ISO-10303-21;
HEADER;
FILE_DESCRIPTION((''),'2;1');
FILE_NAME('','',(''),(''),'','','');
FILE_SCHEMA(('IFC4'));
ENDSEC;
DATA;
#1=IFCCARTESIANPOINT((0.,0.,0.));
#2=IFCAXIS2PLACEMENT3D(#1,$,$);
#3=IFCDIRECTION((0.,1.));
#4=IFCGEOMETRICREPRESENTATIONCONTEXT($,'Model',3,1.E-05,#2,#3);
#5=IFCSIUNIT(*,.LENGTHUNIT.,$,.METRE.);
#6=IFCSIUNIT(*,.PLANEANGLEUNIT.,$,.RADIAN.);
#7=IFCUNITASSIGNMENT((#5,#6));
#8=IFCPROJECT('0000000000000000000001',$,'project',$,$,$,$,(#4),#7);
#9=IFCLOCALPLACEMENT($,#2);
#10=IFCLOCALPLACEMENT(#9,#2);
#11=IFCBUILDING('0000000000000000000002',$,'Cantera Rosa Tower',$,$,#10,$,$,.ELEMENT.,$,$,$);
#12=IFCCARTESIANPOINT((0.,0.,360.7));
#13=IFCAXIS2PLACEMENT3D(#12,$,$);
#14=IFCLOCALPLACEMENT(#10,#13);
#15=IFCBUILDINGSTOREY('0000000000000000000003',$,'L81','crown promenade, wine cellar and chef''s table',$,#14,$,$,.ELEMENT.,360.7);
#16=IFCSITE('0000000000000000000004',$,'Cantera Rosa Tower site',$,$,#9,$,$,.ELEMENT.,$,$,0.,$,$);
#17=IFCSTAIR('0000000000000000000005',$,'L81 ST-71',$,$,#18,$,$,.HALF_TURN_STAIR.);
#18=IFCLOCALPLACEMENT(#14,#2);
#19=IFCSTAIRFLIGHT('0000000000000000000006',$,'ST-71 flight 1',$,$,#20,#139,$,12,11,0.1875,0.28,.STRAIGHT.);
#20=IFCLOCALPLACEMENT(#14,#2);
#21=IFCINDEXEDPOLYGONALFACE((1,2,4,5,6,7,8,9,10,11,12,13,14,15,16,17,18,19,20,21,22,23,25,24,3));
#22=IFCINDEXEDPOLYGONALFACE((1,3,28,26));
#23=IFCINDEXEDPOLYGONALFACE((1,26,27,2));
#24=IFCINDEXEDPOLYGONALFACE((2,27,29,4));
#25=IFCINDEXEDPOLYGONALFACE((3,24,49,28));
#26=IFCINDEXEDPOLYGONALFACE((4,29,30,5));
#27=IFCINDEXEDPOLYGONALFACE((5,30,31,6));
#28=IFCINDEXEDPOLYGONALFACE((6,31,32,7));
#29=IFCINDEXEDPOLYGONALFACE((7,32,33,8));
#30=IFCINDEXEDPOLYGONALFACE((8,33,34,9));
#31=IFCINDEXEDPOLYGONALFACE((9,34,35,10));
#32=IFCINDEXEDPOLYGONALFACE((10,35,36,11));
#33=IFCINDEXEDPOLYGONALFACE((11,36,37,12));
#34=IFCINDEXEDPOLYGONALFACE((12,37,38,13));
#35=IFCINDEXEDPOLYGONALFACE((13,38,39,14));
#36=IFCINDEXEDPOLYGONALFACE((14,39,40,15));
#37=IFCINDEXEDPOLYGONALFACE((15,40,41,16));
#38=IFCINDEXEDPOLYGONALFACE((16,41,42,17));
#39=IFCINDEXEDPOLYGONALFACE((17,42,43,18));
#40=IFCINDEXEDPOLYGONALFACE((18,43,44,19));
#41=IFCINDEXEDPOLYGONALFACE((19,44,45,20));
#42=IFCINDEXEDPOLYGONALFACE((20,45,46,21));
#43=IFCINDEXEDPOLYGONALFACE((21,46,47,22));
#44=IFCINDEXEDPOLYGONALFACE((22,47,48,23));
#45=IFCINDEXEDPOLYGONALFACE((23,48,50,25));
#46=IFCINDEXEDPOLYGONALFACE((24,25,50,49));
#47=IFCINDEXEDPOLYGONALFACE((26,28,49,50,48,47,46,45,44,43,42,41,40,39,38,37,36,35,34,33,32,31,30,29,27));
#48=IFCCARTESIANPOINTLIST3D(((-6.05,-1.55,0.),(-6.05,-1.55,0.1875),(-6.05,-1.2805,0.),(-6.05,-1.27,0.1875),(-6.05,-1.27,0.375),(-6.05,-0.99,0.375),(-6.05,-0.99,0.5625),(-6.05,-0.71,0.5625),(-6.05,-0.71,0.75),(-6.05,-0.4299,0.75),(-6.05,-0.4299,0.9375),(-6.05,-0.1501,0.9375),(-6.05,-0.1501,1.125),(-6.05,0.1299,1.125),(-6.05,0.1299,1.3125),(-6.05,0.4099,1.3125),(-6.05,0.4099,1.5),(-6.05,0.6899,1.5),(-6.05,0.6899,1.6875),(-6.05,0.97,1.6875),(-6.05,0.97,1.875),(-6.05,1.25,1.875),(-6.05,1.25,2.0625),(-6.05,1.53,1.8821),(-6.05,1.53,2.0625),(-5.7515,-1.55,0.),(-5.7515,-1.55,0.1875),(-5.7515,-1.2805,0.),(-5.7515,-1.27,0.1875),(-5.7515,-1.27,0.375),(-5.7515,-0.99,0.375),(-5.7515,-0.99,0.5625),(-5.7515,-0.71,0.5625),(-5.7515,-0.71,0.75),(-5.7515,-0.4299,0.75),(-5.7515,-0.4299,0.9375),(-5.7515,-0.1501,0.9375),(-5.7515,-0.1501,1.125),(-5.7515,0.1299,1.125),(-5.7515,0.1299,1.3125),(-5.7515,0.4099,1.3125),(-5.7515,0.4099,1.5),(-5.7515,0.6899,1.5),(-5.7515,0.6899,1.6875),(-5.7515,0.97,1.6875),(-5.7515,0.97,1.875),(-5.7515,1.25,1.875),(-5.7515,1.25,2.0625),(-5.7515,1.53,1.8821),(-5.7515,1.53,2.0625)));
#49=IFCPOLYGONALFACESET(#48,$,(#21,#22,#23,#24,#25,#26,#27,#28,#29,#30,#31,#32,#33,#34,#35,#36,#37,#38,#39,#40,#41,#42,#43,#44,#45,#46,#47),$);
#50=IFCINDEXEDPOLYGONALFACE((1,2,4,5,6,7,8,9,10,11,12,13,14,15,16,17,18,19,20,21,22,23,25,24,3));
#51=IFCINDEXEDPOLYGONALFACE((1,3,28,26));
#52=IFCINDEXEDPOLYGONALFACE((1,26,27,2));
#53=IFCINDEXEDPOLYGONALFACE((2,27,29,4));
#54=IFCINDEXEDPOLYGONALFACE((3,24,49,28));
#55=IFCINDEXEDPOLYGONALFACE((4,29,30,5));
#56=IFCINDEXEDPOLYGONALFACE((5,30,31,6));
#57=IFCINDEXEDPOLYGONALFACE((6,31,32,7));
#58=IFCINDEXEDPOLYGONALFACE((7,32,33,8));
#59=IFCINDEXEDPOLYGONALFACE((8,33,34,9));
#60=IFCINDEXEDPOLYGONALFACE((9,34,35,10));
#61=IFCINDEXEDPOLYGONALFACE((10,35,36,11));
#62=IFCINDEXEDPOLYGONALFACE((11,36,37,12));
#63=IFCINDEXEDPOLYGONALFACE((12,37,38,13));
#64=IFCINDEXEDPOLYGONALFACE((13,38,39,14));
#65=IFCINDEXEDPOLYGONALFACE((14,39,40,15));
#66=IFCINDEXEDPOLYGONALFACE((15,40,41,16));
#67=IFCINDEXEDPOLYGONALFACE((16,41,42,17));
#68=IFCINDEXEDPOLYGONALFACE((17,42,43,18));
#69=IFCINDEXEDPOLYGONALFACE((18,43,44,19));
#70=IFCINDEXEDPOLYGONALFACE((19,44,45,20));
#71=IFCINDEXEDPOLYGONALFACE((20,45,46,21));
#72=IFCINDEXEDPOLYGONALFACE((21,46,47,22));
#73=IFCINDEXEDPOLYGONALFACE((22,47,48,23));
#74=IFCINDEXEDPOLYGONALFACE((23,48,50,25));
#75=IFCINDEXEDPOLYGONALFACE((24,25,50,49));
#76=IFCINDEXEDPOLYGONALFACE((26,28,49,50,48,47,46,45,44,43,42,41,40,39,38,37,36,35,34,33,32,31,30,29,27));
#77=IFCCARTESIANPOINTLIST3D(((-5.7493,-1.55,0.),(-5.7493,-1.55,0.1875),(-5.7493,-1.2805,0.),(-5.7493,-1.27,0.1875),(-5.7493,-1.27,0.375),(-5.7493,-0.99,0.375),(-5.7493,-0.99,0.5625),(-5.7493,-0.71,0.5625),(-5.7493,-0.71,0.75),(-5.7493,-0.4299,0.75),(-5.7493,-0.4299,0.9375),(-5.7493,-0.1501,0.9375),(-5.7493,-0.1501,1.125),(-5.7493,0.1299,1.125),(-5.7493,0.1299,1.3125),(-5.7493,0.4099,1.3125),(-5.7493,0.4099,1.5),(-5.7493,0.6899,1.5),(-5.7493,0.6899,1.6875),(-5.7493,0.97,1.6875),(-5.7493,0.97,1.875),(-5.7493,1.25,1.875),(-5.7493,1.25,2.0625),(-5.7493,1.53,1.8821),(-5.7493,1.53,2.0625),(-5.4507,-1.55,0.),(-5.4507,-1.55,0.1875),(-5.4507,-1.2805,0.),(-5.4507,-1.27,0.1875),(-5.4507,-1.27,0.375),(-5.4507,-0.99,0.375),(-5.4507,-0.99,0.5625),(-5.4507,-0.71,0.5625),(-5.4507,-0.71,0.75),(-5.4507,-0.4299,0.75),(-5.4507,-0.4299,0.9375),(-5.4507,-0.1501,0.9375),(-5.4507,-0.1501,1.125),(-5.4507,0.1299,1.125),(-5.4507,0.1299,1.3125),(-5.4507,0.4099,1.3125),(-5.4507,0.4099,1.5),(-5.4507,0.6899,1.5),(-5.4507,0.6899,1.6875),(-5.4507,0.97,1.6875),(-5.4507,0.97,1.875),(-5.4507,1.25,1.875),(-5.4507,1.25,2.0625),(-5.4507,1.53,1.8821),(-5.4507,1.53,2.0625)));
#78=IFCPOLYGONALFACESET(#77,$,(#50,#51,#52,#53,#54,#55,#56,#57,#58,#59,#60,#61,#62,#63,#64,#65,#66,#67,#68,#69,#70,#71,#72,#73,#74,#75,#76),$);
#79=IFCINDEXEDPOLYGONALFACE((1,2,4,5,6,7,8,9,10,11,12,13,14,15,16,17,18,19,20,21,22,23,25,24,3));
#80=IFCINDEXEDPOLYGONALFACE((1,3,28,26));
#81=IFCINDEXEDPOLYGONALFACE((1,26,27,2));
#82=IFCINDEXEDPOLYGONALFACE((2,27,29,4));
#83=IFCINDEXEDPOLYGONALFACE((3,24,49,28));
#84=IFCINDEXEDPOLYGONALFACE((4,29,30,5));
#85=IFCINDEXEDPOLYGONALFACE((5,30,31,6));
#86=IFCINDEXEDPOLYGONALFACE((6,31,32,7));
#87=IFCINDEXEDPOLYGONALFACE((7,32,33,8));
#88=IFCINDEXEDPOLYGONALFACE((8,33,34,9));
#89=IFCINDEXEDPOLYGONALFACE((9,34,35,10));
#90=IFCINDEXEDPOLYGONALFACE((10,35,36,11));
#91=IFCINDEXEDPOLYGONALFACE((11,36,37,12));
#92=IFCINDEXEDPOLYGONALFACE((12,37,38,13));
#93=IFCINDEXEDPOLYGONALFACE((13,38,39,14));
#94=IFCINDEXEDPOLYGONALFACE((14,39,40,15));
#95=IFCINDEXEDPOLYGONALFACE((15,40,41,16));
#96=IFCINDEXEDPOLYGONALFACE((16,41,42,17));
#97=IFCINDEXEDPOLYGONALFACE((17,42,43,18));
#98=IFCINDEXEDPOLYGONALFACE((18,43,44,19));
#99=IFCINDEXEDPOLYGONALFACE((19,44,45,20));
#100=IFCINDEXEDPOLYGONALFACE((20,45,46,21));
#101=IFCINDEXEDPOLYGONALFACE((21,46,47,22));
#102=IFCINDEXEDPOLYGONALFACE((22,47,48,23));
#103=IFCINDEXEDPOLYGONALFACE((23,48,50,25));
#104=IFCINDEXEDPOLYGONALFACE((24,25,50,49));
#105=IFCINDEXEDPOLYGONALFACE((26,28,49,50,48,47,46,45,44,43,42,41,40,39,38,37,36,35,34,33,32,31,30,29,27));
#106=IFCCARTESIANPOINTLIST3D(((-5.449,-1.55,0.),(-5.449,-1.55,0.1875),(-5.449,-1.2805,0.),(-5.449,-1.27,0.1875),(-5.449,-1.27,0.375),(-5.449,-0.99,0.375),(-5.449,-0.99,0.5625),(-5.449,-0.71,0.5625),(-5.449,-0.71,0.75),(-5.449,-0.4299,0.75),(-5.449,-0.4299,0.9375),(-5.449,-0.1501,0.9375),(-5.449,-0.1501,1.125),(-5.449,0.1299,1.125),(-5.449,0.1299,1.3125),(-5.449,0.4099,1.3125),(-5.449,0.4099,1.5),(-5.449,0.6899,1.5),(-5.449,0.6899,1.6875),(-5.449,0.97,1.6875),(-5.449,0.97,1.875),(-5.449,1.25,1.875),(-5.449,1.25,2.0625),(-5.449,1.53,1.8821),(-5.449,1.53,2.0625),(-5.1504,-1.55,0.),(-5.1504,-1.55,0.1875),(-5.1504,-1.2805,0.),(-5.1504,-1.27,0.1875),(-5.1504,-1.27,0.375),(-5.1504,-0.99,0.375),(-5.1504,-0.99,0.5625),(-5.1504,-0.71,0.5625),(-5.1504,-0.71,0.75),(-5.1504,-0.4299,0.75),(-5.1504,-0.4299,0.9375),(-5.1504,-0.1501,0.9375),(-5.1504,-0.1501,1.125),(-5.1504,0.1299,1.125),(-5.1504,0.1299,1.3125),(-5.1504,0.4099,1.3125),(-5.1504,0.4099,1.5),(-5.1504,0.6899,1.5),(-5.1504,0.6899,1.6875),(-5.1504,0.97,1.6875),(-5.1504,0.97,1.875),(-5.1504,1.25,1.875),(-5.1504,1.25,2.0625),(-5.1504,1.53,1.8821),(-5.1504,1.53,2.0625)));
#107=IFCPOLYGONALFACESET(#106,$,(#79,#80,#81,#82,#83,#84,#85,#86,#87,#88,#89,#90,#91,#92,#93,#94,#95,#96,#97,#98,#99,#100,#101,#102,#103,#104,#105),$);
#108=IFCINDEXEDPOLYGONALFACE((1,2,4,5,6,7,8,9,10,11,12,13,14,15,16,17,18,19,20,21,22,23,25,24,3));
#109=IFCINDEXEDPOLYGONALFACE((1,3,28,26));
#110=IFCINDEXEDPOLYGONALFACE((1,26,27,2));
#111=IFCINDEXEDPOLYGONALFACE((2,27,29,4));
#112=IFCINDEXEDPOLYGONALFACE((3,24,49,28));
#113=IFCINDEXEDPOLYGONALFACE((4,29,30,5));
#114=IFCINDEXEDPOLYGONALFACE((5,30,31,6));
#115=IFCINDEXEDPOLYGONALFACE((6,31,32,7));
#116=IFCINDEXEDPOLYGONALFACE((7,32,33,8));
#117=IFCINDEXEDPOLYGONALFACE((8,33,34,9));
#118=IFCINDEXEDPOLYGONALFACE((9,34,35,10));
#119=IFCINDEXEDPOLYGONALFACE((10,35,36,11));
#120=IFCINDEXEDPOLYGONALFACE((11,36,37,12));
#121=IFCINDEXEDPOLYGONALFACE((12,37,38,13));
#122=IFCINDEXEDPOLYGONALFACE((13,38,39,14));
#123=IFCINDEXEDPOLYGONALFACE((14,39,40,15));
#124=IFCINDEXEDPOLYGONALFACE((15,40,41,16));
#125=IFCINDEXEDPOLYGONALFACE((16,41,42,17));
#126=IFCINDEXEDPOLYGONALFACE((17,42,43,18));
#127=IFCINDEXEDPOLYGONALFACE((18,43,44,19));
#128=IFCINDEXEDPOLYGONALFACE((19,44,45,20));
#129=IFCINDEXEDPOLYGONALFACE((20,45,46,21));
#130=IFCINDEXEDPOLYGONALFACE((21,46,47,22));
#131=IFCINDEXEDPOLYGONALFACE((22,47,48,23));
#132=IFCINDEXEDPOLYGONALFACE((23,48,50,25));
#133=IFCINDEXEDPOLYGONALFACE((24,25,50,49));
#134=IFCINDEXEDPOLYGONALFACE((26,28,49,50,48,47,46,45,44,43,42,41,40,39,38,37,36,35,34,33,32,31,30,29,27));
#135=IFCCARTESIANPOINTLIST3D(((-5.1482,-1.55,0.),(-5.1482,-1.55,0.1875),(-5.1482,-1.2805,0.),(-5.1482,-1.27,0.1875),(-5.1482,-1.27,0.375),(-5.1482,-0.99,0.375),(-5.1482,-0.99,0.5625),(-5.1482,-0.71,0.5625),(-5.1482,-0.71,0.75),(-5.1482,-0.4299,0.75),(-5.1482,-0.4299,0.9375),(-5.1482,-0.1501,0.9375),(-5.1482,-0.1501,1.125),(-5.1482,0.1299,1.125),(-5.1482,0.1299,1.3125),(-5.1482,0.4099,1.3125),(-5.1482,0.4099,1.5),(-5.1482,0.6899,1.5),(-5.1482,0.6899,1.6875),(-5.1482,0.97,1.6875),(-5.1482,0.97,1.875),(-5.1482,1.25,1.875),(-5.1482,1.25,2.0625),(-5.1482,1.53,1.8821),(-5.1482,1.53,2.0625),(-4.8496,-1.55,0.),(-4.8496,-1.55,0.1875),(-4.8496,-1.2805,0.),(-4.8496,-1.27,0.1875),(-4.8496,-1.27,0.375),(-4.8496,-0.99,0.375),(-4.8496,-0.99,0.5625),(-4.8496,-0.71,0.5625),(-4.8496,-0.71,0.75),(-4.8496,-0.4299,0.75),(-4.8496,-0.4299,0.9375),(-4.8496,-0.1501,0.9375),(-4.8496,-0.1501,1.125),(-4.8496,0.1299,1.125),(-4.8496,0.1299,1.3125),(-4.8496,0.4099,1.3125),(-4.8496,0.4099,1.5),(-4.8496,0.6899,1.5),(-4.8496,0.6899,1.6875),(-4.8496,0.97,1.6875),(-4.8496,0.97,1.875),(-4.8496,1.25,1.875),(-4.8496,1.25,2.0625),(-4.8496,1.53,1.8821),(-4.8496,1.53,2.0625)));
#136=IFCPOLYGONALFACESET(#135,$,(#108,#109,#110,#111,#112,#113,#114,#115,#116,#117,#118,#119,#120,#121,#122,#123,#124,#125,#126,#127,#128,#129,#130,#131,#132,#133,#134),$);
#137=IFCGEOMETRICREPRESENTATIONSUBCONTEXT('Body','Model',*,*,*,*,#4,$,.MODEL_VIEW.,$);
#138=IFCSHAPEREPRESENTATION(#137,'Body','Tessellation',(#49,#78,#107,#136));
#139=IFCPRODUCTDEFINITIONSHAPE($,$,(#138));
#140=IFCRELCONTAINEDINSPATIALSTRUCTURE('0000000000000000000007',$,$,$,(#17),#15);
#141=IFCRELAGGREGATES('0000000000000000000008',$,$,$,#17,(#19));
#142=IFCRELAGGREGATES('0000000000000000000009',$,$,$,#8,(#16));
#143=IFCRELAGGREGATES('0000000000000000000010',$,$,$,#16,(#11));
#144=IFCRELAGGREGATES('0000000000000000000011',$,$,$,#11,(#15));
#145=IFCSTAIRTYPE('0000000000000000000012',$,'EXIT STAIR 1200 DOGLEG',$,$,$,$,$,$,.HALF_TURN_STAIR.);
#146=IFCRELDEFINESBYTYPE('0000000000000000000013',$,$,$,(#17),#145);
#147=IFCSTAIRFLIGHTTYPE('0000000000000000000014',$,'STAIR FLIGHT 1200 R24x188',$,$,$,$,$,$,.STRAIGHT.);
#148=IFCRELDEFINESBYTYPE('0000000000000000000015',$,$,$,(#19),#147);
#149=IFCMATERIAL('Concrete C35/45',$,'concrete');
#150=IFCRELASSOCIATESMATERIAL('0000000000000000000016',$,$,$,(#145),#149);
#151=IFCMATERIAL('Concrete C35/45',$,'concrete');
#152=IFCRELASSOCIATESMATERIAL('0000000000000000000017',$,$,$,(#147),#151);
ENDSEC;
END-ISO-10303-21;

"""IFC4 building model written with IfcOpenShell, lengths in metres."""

from ifc_helpers import new_model, si_unit, direction, frame, origin, place, context, subcontext, project, spatial, polyline, outline, extrude, material, type_object, element, aggregate, save


model = new_model("IFC4")

# Units and contexts
model_context = context("Model", 3, precision=1e-05, world=origin(), true_north=direction((0.0, 1.0)))
body_context = subcontext(model_context, "Body", "Model", "MODEL_VIEW")
ifc_project = project(units=[si_unit("LENGTHUNIT", "METRE"), si_unit("PLANEANGLEUNIT", "RADIAN")], contexts=[model_context])

# Site, building, storey
site_placement = place(None, origin())
site = spatial("IfcSite", under=ifc_project, at=site_placement, Name="Cantera Rosa Tower site", CompositionType="ELEMENT", RefElevation=0.0)
building_placement = place(site_placement, origin())
building = spatial("IfcBuilding", under=site, at=building_placement, Name="Cantera Rosa Tower", CompositionType="ELEMENT")
storey_placement = place(building_placement, frame((0.0, 0.0, 360.7)))
storey = spatial("IfcBuildingStorey", under=building, at=storey_placement, Name="L81", Description="crown promenade, wine cellar and chef's table", CompositionType="ELEMENT", Elevation=360.7)

# Stair
ifc_material_1 = material(Name="Concrete C35/45", Category="concrete")
stair_type = type_object("IfcStairType", Name="EXIT STAIR 1200 DOGLEG", PredefinedType="HALF_TURN_STAIR", material=ifc_material_1)
stair_1_placement = place(storey_placement, origin())
stair_1 = element("IfcStair", 1, at=stair_1_placement, inside=storey, type_object=stair_type, Name="L81 ST-71", PredefinedType="HALF_TURN_STAIR")

# Stair flight
ifc_material_2 = material(Name="Concrete C35/45", Category="concrete")
stair_flight_type = type_object("IfcStairFlightType", Name="STAIR FLIGHT 1200 R24x188", PredefinedType="STRAIGHT", material=ifc_material_2)
stair_flight_placement = place(storey_placement, frame((-5.45, -1.55, 0.0), z_axis=(0.0, 0.0, 1.0), x_axis=(0.0, 1.0, 0.0)))
stair_flight = element("IfcStairFlight", 2, at=stair_flight_placement, type_object=stair_flight_type, Name="ST-71 flight 1", NumberOfRisers=12, NumberOfTreads=11, PredefinedType="STRAIGHT", RiserHeight=0.1875, TreadLength=0.28, context=body_context, shape_type="SweptSolid", body=[
    extrude(outline(polyline([(0.0, 0.0), (0.0, 0.1875), (0.28, 0.1875), (0.28, 0.375), (0.5601, 0.375), (0.5601, 0.5625), (0.8401, 0.5625), (0.8401, 0.75), (1.1201, 0.75), (1.1201, 0.9375), (1.3999, 0.9375), (1.3999, 1.125), (1.6799, 1.125), (1.6799, 1.3125), (1.96, 1.3125), (1.96, 1.5), (2.24, 1.5), (2.24, 1.6875), (2.52, 1.6875), (2.52, 1.875), (2.8, 1.875), (2.8, 2.0625), (3.0801, 2.0625), (3.0801, 2.25), (3.0801, 1.8821), (0.2695, 0.0), (0.0, 0.0)])), frame((0.0, 0.6001, 0.0), z_axis=(0.0, -1.0, 0.0), x_axis=(1.0, 0.0, 0.0)), (0.0, 0.0, 1.0), 0.2986),
    extrude(outline(polyline([(0.0, 0.0), (0.0, 0.1875), (0.28, 0.1875), (0.28, 0.375), (0.5601, 0.375), (0.5601, 0.5625), (0.8401, 0.5625), (0.8401, 0.75), (1.1201, 0.75), (1.1201, 0.9375), (1.3999, 0.9375), (1.3999, 1.125), (1.6799, 1.125), (1.6799, 1.3125), (1.96, 1.3125), (1.96, 1.5), (2.24, 1.5), (2.24, 1.6875), (2.52, 1.6875), (2.52, 1.875), (2.8, 1.875), (2.8, 2.0625), (3.0801, 2.0625), (3.0801, 2.25), (3.0801, 1.8821), (0.2695, 0.0), (0.0, 0.0)])), frame((0.0, 0.2993, 0.0), z_axis=(0.0, -1.0, 0.0), x_axis=(1.0, 0.0, 0.0)), (0.0, 0.0, 1.0), 0.2986),
    extrude(outline(polyline([(0.0, 0.0), (0.0, 0.1875), (0.28, 0.1875), (0.28, 0.375), (0.5601, 0.375), (0.5601, 0.5625), (0.8401, 0.5625), (0.8401, 0.75), (1.1201, 0.75), (1.1201, 0.9375), (1.3999, 0.9375), (1.3999, 1.125), (1.6799, 1.125), (1.6799, 1.3125), (1.96, 1.3125), (1.96, 1.5), (2.24, 1.5), (2.24, 1.6875), (2.52, 1.6875), (2.52, 1.875), (2.8, 1.875), (2.8, 2.0625), (3.0801, 2.0625), (3.0801, 2.25), (3.0801, 1.8821), (0.2695, 0.0), (0.0, 0.0)])), frame((0.0, -0.001, 0.0), z_axis=(0.0, -1.0, 0.0), x_axis=(1.0, 0.0, 0.0)), (0.0, 0.0, 1.0), 0.2986),
    extrude(outline(polyline([(0.0, 0.0), (0.0, 0.1875), (0.28, 0.1875), (0.28, 0.375), (0.5601, 0.375), (0.5601, 0.5625), (0.8401, 0.5625), (0.8401, 0.75), (1.1201, 0.75), (1.1201, 0.9375), (1.3999, 0.9375), (1.3999, 1.125), (1.6799, 1.125), (1.6799, 1.3125), (1.96, 1.3125), (1.96, 1.5), (2.24, 1.5), (2.24, 1.6875), (2.52, 1.6875), (2.52, 1.875), (2.8, 1.875), (2.8, 2.0625), (3.0801, 2.0625), (3.0801, 2.25), (3.0801, 1.8821), (0.2695, 0.0), (0.0, 0.0)])), frame((0.0, -0.3018, 0.0), z_axis=(0.0, -1.0, 0.0), x_axis=(1.0, 0.0, 0.0)), (0.0, 0.0, 1.0), 0.2986),
])
aggregate(stair_1, [stair_flight])

save(model, "model.ifc")
